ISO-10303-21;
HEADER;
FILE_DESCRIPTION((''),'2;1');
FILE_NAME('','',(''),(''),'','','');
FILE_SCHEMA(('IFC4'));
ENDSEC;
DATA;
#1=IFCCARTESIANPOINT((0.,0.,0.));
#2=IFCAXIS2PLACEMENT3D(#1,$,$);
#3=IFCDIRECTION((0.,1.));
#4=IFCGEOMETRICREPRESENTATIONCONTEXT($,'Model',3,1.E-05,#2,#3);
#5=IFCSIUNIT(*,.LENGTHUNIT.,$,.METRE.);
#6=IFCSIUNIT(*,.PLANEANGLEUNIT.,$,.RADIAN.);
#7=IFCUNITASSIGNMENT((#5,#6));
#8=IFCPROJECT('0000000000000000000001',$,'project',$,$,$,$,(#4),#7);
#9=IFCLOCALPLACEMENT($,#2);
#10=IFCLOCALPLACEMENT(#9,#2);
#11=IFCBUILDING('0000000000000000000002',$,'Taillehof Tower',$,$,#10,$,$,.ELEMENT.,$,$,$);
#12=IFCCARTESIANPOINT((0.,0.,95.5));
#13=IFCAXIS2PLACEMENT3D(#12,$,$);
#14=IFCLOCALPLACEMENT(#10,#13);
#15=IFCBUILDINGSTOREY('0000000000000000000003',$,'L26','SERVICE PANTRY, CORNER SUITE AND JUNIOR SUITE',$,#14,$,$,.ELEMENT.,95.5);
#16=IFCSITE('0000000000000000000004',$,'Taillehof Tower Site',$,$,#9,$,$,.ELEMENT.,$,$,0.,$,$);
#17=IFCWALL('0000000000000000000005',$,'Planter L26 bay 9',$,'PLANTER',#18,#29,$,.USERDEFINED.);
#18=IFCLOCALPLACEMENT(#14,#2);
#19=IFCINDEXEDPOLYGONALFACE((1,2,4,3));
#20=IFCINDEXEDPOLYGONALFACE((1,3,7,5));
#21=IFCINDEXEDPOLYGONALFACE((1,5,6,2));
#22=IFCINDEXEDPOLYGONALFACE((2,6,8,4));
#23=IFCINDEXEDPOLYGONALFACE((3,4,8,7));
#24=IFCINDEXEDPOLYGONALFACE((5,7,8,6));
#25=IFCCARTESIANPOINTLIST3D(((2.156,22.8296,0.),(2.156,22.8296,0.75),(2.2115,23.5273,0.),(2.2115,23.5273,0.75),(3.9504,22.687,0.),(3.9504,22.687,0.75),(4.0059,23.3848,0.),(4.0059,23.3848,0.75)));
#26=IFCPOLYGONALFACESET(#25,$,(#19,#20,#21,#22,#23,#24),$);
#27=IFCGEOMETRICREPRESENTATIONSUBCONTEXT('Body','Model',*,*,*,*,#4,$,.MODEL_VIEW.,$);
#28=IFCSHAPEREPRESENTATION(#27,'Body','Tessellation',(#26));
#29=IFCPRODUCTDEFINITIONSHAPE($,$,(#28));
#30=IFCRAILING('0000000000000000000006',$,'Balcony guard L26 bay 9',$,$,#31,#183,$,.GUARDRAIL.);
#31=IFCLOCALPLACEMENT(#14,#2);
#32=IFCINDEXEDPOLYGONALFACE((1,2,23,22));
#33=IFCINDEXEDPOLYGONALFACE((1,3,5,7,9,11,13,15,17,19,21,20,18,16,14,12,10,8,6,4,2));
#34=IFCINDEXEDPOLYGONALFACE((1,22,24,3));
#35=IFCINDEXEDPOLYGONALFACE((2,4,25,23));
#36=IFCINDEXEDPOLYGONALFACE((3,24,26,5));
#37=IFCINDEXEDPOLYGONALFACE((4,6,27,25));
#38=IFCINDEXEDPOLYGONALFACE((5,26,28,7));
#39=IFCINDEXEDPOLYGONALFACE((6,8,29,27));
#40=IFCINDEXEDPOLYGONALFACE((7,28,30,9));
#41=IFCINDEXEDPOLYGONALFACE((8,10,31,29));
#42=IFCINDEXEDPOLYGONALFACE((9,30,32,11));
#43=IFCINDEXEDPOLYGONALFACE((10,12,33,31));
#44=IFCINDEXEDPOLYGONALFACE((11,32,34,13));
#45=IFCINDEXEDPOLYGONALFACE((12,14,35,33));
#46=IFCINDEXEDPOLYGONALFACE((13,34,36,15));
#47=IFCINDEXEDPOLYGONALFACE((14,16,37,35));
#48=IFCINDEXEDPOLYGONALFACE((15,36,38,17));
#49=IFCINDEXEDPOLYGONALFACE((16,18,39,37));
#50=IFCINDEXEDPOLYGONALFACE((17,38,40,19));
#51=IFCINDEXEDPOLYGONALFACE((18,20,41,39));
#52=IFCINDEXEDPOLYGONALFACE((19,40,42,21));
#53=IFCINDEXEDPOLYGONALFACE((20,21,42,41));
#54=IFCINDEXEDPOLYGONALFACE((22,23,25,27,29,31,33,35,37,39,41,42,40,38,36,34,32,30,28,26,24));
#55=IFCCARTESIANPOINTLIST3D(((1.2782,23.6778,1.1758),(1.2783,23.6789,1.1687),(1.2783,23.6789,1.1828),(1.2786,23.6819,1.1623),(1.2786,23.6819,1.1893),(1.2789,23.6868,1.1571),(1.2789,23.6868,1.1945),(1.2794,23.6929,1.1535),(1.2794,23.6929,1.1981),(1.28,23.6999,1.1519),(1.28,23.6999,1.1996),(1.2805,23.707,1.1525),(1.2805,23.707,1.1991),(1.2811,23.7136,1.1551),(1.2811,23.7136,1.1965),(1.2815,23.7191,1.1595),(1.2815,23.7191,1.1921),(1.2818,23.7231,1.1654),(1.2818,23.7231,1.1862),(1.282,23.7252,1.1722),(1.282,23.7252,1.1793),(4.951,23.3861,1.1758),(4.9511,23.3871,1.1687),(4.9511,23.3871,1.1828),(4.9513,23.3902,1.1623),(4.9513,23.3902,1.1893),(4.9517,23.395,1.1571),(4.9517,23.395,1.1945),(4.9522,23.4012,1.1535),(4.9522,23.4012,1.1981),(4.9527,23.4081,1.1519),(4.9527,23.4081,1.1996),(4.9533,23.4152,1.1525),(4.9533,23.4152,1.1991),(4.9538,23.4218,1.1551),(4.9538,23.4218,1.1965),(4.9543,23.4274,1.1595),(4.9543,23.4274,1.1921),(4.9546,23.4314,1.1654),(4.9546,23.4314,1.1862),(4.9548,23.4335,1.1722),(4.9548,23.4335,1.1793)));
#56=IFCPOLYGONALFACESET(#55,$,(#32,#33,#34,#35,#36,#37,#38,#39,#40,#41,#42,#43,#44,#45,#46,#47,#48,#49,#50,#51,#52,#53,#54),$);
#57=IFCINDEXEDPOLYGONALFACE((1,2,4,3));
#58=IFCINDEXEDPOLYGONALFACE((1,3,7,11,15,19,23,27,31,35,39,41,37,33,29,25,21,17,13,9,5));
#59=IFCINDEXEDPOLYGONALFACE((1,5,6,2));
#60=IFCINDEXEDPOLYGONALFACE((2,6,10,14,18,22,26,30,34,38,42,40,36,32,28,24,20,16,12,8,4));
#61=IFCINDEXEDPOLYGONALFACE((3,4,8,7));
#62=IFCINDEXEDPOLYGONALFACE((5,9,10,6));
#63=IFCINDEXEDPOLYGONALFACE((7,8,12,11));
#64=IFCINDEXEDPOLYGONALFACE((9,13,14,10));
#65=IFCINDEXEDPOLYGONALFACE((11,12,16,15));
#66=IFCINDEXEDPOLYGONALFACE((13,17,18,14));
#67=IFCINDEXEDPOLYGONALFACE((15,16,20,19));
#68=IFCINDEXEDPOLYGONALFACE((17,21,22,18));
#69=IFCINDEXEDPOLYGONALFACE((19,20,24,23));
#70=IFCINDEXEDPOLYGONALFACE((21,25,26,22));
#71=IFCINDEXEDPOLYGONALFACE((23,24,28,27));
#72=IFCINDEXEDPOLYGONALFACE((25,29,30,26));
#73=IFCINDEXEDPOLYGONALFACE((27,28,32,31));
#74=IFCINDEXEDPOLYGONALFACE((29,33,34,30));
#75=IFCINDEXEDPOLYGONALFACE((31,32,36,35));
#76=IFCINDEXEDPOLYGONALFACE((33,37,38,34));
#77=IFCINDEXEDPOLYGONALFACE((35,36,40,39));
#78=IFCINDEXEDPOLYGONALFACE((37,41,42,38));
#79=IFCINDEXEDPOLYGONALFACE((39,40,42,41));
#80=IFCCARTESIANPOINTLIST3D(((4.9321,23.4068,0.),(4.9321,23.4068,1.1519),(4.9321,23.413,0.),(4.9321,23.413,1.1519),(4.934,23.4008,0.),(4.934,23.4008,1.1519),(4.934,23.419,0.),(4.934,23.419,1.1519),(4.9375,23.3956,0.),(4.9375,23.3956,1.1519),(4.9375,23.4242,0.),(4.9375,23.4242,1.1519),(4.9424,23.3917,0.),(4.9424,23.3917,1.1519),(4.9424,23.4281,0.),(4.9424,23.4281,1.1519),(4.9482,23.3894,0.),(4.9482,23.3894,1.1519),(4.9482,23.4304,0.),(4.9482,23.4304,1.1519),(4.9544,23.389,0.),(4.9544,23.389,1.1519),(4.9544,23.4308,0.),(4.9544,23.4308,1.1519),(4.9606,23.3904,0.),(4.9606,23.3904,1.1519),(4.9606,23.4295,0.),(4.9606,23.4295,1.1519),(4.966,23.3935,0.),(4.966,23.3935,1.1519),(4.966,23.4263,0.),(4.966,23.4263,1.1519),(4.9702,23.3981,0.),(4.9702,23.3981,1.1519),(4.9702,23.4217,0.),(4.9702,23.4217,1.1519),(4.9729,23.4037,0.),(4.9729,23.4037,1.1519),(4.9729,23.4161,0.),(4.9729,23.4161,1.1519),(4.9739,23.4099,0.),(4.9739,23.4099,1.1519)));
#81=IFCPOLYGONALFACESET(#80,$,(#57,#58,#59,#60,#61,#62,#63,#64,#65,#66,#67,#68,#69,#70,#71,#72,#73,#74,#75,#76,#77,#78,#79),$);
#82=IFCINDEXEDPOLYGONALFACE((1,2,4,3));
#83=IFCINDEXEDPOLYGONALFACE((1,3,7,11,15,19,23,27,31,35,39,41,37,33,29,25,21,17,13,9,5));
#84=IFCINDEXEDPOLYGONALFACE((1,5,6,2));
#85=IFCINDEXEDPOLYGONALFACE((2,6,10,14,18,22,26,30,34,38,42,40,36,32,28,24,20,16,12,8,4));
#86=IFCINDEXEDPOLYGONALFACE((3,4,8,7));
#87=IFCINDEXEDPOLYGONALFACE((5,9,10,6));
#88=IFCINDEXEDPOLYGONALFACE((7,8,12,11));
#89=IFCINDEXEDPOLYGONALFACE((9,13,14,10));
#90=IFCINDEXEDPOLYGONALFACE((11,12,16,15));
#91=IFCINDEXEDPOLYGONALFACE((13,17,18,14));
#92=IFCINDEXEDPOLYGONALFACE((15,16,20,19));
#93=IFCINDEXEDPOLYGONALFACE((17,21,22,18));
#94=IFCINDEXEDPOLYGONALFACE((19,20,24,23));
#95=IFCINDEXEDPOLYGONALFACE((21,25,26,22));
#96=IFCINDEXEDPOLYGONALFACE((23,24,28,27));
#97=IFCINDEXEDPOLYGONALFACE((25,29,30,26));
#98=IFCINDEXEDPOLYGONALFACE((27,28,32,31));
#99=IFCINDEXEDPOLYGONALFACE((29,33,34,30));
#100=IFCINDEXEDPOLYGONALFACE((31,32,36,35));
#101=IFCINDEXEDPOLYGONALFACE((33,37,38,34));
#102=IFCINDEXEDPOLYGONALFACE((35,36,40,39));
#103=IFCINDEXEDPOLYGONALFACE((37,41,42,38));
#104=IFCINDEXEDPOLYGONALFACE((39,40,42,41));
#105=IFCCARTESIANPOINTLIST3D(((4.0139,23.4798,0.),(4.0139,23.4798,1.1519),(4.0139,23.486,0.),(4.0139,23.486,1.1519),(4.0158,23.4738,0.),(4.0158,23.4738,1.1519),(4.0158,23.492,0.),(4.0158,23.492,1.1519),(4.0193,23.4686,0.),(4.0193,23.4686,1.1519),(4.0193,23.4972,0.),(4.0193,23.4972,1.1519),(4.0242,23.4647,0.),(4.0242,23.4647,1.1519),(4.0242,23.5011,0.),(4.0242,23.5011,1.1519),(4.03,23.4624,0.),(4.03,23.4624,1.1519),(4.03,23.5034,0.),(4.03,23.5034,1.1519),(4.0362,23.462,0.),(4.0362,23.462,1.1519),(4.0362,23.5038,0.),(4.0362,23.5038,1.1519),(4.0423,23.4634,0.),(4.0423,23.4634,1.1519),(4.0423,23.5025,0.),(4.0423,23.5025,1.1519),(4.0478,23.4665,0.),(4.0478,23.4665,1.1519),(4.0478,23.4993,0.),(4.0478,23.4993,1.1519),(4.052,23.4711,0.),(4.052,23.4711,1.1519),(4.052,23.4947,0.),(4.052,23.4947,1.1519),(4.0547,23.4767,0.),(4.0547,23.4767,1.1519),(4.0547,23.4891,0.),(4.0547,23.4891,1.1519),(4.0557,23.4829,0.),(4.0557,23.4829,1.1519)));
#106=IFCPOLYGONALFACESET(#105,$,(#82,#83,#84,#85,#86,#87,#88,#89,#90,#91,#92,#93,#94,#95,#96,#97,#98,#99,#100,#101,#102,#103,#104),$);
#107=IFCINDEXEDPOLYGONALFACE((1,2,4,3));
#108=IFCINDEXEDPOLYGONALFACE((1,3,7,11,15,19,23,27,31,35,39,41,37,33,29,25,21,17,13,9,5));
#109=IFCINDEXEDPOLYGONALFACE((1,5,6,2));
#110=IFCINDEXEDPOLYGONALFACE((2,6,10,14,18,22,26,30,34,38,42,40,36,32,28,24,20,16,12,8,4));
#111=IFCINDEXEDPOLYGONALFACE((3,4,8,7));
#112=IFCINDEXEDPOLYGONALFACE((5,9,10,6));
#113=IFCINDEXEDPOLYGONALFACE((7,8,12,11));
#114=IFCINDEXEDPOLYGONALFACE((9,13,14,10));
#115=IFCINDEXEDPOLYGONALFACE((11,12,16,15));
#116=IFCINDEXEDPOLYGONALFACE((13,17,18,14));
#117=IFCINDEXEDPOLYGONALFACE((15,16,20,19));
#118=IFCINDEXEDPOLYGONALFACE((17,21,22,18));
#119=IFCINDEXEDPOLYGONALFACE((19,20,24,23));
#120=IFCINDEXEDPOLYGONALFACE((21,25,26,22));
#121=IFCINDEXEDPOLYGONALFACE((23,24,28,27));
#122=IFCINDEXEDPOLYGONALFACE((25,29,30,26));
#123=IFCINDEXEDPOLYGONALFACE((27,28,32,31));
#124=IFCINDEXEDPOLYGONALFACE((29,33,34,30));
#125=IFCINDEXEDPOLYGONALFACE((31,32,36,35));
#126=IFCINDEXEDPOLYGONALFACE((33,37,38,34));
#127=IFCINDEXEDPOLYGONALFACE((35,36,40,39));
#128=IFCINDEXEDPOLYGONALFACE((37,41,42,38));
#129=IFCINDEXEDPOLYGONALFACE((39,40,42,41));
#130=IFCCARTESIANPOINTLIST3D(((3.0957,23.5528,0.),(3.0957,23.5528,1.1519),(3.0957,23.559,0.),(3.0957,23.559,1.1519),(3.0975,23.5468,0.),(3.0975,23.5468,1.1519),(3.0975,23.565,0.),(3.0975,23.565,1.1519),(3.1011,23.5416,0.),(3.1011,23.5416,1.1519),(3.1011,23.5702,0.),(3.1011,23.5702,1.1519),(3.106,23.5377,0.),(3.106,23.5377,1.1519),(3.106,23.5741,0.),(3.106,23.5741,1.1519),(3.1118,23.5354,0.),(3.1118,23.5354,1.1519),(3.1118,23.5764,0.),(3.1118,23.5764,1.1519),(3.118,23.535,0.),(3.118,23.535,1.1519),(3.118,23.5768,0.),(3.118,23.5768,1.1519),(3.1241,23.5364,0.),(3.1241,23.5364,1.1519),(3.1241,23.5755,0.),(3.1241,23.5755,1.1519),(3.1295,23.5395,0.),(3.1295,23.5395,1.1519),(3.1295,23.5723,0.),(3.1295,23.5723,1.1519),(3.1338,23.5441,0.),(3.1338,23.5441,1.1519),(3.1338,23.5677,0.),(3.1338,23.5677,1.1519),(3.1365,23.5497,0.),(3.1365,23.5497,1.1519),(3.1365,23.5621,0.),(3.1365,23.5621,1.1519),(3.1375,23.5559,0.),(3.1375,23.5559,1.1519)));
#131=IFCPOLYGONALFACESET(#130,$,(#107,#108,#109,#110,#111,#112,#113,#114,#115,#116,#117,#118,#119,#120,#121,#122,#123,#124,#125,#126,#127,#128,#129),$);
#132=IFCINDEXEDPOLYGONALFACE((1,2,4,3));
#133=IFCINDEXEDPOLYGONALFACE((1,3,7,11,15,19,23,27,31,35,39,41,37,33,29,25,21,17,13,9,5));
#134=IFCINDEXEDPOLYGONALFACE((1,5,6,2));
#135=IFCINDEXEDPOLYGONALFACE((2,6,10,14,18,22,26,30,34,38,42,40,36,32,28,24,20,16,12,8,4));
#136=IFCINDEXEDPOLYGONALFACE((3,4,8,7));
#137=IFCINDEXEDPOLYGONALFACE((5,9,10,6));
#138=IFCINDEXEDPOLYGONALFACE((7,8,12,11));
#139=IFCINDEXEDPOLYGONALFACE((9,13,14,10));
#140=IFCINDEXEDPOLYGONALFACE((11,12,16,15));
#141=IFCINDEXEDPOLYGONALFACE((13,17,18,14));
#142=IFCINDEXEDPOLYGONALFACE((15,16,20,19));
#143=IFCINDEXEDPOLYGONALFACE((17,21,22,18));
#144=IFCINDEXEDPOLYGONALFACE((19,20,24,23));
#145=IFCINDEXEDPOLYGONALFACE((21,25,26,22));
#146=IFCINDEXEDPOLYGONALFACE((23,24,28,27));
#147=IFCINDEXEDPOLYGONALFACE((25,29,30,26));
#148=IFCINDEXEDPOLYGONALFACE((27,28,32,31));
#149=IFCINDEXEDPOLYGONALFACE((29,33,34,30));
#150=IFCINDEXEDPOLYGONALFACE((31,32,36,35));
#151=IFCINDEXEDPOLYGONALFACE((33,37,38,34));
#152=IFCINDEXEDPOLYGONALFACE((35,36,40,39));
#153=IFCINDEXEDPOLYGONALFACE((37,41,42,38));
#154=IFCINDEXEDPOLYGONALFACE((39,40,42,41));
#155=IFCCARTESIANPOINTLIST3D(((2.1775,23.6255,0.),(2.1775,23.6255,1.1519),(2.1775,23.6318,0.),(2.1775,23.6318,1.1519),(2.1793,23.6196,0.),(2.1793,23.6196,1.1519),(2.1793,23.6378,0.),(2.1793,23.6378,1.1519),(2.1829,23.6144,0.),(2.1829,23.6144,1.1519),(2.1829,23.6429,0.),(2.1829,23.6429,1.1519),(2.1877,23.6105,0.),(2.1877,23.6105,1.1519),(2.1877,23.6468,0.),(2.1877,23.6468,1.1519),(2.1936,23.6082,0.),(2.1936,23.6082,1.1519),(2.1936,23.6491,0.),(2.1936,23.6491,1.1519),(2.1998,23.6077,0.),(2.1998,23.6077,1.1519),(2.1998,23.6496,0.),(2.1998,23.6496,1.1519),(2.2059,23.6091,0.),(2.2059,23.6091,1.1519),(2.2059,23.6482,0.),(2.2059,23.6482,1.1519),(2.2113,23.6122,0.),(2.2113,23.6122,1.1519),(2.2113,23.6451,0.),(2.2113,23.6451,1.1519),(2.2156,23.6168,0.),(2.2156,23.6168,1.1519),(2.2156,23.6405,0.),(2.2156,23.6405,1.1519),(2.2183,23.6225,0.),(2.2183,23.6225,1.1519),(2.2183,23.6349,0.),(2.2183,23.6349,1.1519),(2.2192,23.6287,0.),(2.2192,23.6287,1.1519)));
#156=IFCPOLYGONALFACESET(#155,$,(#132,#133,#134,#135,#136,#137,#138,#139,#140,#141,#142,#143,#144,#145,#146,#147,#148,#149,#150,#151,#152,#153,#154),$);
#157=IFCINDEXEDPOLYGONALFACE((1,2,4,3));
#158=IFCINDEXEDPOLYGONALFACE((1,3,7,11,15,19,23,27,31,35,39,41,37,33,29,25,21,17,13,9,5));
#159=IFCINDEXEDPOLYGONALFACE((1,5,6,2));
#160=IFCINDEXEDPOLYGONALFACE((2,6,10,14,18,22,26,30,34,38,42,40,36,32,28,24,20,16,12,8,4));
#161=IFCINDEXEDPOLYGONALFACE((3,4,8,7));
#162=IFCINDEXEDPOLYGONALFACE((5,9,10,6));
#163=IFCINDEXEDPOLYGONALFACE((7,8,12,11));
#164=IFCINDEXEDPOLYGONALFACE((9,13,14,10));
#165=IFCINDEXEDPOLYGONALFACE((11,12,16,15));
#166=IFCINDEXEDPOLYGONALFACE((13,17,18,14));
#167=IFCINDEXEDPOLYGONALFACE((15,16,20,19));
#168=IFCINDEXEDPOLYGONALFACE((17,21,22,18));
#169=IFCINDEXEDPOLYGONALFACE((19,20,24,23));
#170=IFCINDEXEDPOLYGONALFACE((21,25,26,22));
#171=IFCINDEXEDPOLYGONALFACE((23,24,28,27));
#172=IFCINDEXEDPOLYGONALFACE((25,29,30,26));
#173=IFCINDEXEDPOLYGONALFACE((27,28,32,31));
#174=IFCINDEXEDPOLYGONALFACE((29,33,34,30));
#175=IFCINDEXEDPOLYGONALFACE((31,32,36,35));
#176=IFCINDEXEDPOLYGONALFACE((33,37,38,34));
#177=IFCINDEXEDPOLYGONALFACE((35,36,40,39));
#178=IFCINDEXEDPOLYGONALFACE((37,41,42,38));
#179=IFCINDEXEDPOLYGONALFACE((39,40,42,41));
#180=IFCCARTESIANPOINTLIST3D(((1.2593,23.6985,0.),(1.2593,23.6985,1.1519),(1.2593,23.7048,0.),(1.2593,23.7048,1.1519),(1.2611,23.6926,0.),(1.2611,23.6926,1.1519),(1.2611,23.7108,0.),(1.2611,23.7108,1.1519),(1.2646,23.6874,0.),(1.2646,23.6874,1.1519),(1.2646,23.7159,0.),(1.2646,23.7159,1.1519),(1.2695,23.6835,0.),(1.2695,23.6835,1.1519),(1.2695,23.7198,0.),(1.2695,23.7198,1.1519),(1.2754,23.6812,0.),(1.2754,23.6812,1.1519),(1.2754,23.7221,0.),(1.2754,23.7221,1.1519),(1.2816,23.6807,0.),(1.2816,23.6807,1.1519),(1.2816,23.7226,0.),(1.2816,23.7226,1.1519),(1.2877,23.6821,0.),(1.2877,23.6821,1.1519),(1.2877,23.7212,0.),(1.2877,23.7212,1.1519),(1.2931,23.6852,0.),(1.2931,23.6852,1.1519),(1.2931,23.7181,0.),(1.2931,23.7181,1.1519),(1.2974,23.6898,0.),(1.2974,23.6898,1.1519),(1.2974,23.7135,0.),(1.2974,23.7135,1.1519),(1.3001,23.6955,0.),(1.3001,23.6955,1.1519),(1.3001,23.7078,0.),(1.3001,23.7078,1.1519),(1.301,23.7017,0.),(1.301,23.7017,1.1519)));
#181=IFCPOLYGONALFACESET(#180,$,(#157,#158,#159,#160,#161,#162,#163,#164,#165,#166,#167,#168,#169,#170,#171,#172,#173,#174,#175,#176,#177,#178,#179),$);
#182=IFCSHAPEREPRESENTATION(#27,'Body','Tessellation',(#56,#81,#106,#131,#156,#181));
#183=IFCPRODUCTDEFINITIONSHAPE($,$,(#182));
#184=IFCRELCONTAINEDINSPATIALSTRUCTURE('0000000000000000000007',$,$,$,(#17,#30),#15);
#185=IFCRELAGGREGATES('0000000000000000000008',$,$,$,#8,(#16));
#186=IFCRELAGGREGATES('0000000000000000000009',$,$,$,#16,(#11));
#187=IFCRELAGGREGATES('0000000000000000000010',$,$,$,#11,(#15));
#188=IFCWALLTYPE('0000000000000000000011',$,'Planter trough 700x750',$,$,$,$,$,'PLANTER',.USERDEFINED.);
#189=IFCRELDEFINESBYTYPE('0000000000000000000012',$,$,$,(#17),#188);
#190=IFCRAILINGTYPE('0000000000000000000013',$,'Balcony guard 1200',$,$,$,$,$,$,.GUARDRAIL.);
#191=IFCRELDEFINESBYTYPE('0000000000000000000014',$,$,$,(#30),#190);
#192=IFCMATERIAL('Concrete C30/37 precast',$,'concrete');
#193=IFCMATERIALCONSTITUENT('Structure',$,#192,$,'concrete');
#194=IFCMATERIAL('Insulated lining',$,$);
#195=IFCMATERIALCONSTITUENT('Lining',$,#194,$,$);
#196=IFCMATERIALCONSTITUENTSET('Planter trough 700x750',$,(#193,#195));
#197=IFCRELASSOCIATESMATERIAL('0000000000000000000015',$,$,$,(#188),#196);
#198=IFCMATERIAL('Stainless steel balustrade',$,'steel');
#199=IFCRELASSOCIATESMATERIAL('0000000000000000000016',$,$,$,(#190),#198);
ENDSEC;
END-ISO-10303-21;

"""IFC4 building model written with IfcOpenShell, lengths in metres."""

from ifc_helpers import new_model, si_unit, direction, frame, frame_2d, origin, origin_2d, place, context, subcontext, project, spatial, rectangle, circle, extrude, material, constituent, constituent_set, type_object, element, save


model = new_model("IFC4")

# Units and contexts
model_context = context("Model", 3, precision=1e-05, world=origin(), true_north=direction((0.0, 1.0)))
body_context = subcontext(model_context, "Body", "Model", "MODEL_VIEW")
ifc_project = project(units=[si_unit("LENGTHUNIT", "METRE"), si_unit("PLANEANGLEUNIT", "RADIAN")], contexts=[model_context])

# Site, building, storey
site_placement = place(None, origin())
site = spatial("IfcSite", under=ifc_project, at=site_placement, Name="Taillehof Tower Site", CompositionType="ELEMENT", RefElevation=0.0)
building_placement = place(site_placement, origin())
building = spatial("IfcBuilding", under=site, at=building_placement, Name="Taillehof Tower", CompositionType="ELEMENT")
storey_placement = place(building_placement, frame((0.0, 0.0, 95.5)))
storey = spatial("IfcBuildingStorey", under=building, at=storey_placement, Name="L26", Description="SERVICE PANTRY, CORNER SUITE AND JUNIOR SUITE", CompositionType="ELEMENT", Elevation=95.5)

# Wall
ifc_material_1 = material(Name="Concrete C30/37 precast", Category="concrete")
ifc_constituent_1 = constituent(ifc_material_1, Name="Structure", Category="concrete")
ifc_material_2 = material(Name="Insulated lining")
ifc_constituent_2 = constituent(ifc_material_2, Name="Lining")
ifc_constituent_set = constituent_set(constituents=[ifc_constituent_1, ifc_constituent_2], Name="Planter trough 700x750")
wall_type_1 = type_object("IfcWallType", Name="Planter trough 700x750", ElementType="PLANTER", PredefinedType="USERDEFINED", material=ifc_constituent_set)
wall_1_placement = place(storey_placement, frame((3.978, 23.0359, 0.0), z_axis=(0.0, 0.0, 1.0), x_axis=(-0.996858, 0.079206, 0.0)))
element("IfcWall", 1, at=wall_1_placement, inside=storey, type_object=wall_type_1, Name="Planter L26 bay 9", ObjectType="PLANTER", PredefinedType="USERDEFINED", context=body_context, shape_type="SweptSolid", body=[
    extrude(rectangle(XDim=1.8, YDim=0.7, at=frame_2d((0.8999, 0.0))), origin(), (0.0, 0.0, 1.0), 0.75),
])

# Railing
ifc_material_3 = material(Name="Stainless steel balustrade", Category="steel")
railing_type = type_object("IfcRailingType", Name="Balcony guard 1200", PredefinedType="GUARDRAIL", material=ifc_material_3)
railing_1_placement = place(storey_placement, frame((4.9529, 23.4099, 0.0)))
element("IfcRailing", 2, at=railing_1_placement, inside=storey, type_object=railing_type, Name="Balcony guard L26 bay 9", PredefinedType="GUARDRAIL", context=body_context, shape_type="SweptSolid", body=[
    extrude(circle(Radius=0.0239, at=origin_2d()), frame((0.0, 0.0, 1.1758), z_axis=(-0.99686, 0.079184, 0.0), x_axis=(-0.079184, -0.99686, 0.0)), (0.0, 0.0, 1.0), 3.6843),
    extrude(circle(Radius=0.021, at=origin_2d()), origin(), (0.0, 0.0, 1.0), 1.1519),
    extrude(circle(Radius=0.021, at=origin_2d()), frame((-0.9182, 0.073, 0.0)), (0.0, 0.0, 1.0), 1.1519),
    extrude(circle(Radius=0.021, at=origin_2d()), frame((-1.8364, 0.146, 0.0)), (0.0, 0.0, 1.0), 1.1519),
    extrude(circle(Radius=0.021, at=origin_2d()), frame((-2.7546, 0.2188, 0.0)), (0.0, 0.0, 1.0), 1.1519),
    extrude(circle(Radius=0.021, at=origin_2d()), frame((-3.6729, 0.2917, 0.0)), (0.0, 0.0, 1.0), 1.1519),
])

save(model, "model.ifc")
